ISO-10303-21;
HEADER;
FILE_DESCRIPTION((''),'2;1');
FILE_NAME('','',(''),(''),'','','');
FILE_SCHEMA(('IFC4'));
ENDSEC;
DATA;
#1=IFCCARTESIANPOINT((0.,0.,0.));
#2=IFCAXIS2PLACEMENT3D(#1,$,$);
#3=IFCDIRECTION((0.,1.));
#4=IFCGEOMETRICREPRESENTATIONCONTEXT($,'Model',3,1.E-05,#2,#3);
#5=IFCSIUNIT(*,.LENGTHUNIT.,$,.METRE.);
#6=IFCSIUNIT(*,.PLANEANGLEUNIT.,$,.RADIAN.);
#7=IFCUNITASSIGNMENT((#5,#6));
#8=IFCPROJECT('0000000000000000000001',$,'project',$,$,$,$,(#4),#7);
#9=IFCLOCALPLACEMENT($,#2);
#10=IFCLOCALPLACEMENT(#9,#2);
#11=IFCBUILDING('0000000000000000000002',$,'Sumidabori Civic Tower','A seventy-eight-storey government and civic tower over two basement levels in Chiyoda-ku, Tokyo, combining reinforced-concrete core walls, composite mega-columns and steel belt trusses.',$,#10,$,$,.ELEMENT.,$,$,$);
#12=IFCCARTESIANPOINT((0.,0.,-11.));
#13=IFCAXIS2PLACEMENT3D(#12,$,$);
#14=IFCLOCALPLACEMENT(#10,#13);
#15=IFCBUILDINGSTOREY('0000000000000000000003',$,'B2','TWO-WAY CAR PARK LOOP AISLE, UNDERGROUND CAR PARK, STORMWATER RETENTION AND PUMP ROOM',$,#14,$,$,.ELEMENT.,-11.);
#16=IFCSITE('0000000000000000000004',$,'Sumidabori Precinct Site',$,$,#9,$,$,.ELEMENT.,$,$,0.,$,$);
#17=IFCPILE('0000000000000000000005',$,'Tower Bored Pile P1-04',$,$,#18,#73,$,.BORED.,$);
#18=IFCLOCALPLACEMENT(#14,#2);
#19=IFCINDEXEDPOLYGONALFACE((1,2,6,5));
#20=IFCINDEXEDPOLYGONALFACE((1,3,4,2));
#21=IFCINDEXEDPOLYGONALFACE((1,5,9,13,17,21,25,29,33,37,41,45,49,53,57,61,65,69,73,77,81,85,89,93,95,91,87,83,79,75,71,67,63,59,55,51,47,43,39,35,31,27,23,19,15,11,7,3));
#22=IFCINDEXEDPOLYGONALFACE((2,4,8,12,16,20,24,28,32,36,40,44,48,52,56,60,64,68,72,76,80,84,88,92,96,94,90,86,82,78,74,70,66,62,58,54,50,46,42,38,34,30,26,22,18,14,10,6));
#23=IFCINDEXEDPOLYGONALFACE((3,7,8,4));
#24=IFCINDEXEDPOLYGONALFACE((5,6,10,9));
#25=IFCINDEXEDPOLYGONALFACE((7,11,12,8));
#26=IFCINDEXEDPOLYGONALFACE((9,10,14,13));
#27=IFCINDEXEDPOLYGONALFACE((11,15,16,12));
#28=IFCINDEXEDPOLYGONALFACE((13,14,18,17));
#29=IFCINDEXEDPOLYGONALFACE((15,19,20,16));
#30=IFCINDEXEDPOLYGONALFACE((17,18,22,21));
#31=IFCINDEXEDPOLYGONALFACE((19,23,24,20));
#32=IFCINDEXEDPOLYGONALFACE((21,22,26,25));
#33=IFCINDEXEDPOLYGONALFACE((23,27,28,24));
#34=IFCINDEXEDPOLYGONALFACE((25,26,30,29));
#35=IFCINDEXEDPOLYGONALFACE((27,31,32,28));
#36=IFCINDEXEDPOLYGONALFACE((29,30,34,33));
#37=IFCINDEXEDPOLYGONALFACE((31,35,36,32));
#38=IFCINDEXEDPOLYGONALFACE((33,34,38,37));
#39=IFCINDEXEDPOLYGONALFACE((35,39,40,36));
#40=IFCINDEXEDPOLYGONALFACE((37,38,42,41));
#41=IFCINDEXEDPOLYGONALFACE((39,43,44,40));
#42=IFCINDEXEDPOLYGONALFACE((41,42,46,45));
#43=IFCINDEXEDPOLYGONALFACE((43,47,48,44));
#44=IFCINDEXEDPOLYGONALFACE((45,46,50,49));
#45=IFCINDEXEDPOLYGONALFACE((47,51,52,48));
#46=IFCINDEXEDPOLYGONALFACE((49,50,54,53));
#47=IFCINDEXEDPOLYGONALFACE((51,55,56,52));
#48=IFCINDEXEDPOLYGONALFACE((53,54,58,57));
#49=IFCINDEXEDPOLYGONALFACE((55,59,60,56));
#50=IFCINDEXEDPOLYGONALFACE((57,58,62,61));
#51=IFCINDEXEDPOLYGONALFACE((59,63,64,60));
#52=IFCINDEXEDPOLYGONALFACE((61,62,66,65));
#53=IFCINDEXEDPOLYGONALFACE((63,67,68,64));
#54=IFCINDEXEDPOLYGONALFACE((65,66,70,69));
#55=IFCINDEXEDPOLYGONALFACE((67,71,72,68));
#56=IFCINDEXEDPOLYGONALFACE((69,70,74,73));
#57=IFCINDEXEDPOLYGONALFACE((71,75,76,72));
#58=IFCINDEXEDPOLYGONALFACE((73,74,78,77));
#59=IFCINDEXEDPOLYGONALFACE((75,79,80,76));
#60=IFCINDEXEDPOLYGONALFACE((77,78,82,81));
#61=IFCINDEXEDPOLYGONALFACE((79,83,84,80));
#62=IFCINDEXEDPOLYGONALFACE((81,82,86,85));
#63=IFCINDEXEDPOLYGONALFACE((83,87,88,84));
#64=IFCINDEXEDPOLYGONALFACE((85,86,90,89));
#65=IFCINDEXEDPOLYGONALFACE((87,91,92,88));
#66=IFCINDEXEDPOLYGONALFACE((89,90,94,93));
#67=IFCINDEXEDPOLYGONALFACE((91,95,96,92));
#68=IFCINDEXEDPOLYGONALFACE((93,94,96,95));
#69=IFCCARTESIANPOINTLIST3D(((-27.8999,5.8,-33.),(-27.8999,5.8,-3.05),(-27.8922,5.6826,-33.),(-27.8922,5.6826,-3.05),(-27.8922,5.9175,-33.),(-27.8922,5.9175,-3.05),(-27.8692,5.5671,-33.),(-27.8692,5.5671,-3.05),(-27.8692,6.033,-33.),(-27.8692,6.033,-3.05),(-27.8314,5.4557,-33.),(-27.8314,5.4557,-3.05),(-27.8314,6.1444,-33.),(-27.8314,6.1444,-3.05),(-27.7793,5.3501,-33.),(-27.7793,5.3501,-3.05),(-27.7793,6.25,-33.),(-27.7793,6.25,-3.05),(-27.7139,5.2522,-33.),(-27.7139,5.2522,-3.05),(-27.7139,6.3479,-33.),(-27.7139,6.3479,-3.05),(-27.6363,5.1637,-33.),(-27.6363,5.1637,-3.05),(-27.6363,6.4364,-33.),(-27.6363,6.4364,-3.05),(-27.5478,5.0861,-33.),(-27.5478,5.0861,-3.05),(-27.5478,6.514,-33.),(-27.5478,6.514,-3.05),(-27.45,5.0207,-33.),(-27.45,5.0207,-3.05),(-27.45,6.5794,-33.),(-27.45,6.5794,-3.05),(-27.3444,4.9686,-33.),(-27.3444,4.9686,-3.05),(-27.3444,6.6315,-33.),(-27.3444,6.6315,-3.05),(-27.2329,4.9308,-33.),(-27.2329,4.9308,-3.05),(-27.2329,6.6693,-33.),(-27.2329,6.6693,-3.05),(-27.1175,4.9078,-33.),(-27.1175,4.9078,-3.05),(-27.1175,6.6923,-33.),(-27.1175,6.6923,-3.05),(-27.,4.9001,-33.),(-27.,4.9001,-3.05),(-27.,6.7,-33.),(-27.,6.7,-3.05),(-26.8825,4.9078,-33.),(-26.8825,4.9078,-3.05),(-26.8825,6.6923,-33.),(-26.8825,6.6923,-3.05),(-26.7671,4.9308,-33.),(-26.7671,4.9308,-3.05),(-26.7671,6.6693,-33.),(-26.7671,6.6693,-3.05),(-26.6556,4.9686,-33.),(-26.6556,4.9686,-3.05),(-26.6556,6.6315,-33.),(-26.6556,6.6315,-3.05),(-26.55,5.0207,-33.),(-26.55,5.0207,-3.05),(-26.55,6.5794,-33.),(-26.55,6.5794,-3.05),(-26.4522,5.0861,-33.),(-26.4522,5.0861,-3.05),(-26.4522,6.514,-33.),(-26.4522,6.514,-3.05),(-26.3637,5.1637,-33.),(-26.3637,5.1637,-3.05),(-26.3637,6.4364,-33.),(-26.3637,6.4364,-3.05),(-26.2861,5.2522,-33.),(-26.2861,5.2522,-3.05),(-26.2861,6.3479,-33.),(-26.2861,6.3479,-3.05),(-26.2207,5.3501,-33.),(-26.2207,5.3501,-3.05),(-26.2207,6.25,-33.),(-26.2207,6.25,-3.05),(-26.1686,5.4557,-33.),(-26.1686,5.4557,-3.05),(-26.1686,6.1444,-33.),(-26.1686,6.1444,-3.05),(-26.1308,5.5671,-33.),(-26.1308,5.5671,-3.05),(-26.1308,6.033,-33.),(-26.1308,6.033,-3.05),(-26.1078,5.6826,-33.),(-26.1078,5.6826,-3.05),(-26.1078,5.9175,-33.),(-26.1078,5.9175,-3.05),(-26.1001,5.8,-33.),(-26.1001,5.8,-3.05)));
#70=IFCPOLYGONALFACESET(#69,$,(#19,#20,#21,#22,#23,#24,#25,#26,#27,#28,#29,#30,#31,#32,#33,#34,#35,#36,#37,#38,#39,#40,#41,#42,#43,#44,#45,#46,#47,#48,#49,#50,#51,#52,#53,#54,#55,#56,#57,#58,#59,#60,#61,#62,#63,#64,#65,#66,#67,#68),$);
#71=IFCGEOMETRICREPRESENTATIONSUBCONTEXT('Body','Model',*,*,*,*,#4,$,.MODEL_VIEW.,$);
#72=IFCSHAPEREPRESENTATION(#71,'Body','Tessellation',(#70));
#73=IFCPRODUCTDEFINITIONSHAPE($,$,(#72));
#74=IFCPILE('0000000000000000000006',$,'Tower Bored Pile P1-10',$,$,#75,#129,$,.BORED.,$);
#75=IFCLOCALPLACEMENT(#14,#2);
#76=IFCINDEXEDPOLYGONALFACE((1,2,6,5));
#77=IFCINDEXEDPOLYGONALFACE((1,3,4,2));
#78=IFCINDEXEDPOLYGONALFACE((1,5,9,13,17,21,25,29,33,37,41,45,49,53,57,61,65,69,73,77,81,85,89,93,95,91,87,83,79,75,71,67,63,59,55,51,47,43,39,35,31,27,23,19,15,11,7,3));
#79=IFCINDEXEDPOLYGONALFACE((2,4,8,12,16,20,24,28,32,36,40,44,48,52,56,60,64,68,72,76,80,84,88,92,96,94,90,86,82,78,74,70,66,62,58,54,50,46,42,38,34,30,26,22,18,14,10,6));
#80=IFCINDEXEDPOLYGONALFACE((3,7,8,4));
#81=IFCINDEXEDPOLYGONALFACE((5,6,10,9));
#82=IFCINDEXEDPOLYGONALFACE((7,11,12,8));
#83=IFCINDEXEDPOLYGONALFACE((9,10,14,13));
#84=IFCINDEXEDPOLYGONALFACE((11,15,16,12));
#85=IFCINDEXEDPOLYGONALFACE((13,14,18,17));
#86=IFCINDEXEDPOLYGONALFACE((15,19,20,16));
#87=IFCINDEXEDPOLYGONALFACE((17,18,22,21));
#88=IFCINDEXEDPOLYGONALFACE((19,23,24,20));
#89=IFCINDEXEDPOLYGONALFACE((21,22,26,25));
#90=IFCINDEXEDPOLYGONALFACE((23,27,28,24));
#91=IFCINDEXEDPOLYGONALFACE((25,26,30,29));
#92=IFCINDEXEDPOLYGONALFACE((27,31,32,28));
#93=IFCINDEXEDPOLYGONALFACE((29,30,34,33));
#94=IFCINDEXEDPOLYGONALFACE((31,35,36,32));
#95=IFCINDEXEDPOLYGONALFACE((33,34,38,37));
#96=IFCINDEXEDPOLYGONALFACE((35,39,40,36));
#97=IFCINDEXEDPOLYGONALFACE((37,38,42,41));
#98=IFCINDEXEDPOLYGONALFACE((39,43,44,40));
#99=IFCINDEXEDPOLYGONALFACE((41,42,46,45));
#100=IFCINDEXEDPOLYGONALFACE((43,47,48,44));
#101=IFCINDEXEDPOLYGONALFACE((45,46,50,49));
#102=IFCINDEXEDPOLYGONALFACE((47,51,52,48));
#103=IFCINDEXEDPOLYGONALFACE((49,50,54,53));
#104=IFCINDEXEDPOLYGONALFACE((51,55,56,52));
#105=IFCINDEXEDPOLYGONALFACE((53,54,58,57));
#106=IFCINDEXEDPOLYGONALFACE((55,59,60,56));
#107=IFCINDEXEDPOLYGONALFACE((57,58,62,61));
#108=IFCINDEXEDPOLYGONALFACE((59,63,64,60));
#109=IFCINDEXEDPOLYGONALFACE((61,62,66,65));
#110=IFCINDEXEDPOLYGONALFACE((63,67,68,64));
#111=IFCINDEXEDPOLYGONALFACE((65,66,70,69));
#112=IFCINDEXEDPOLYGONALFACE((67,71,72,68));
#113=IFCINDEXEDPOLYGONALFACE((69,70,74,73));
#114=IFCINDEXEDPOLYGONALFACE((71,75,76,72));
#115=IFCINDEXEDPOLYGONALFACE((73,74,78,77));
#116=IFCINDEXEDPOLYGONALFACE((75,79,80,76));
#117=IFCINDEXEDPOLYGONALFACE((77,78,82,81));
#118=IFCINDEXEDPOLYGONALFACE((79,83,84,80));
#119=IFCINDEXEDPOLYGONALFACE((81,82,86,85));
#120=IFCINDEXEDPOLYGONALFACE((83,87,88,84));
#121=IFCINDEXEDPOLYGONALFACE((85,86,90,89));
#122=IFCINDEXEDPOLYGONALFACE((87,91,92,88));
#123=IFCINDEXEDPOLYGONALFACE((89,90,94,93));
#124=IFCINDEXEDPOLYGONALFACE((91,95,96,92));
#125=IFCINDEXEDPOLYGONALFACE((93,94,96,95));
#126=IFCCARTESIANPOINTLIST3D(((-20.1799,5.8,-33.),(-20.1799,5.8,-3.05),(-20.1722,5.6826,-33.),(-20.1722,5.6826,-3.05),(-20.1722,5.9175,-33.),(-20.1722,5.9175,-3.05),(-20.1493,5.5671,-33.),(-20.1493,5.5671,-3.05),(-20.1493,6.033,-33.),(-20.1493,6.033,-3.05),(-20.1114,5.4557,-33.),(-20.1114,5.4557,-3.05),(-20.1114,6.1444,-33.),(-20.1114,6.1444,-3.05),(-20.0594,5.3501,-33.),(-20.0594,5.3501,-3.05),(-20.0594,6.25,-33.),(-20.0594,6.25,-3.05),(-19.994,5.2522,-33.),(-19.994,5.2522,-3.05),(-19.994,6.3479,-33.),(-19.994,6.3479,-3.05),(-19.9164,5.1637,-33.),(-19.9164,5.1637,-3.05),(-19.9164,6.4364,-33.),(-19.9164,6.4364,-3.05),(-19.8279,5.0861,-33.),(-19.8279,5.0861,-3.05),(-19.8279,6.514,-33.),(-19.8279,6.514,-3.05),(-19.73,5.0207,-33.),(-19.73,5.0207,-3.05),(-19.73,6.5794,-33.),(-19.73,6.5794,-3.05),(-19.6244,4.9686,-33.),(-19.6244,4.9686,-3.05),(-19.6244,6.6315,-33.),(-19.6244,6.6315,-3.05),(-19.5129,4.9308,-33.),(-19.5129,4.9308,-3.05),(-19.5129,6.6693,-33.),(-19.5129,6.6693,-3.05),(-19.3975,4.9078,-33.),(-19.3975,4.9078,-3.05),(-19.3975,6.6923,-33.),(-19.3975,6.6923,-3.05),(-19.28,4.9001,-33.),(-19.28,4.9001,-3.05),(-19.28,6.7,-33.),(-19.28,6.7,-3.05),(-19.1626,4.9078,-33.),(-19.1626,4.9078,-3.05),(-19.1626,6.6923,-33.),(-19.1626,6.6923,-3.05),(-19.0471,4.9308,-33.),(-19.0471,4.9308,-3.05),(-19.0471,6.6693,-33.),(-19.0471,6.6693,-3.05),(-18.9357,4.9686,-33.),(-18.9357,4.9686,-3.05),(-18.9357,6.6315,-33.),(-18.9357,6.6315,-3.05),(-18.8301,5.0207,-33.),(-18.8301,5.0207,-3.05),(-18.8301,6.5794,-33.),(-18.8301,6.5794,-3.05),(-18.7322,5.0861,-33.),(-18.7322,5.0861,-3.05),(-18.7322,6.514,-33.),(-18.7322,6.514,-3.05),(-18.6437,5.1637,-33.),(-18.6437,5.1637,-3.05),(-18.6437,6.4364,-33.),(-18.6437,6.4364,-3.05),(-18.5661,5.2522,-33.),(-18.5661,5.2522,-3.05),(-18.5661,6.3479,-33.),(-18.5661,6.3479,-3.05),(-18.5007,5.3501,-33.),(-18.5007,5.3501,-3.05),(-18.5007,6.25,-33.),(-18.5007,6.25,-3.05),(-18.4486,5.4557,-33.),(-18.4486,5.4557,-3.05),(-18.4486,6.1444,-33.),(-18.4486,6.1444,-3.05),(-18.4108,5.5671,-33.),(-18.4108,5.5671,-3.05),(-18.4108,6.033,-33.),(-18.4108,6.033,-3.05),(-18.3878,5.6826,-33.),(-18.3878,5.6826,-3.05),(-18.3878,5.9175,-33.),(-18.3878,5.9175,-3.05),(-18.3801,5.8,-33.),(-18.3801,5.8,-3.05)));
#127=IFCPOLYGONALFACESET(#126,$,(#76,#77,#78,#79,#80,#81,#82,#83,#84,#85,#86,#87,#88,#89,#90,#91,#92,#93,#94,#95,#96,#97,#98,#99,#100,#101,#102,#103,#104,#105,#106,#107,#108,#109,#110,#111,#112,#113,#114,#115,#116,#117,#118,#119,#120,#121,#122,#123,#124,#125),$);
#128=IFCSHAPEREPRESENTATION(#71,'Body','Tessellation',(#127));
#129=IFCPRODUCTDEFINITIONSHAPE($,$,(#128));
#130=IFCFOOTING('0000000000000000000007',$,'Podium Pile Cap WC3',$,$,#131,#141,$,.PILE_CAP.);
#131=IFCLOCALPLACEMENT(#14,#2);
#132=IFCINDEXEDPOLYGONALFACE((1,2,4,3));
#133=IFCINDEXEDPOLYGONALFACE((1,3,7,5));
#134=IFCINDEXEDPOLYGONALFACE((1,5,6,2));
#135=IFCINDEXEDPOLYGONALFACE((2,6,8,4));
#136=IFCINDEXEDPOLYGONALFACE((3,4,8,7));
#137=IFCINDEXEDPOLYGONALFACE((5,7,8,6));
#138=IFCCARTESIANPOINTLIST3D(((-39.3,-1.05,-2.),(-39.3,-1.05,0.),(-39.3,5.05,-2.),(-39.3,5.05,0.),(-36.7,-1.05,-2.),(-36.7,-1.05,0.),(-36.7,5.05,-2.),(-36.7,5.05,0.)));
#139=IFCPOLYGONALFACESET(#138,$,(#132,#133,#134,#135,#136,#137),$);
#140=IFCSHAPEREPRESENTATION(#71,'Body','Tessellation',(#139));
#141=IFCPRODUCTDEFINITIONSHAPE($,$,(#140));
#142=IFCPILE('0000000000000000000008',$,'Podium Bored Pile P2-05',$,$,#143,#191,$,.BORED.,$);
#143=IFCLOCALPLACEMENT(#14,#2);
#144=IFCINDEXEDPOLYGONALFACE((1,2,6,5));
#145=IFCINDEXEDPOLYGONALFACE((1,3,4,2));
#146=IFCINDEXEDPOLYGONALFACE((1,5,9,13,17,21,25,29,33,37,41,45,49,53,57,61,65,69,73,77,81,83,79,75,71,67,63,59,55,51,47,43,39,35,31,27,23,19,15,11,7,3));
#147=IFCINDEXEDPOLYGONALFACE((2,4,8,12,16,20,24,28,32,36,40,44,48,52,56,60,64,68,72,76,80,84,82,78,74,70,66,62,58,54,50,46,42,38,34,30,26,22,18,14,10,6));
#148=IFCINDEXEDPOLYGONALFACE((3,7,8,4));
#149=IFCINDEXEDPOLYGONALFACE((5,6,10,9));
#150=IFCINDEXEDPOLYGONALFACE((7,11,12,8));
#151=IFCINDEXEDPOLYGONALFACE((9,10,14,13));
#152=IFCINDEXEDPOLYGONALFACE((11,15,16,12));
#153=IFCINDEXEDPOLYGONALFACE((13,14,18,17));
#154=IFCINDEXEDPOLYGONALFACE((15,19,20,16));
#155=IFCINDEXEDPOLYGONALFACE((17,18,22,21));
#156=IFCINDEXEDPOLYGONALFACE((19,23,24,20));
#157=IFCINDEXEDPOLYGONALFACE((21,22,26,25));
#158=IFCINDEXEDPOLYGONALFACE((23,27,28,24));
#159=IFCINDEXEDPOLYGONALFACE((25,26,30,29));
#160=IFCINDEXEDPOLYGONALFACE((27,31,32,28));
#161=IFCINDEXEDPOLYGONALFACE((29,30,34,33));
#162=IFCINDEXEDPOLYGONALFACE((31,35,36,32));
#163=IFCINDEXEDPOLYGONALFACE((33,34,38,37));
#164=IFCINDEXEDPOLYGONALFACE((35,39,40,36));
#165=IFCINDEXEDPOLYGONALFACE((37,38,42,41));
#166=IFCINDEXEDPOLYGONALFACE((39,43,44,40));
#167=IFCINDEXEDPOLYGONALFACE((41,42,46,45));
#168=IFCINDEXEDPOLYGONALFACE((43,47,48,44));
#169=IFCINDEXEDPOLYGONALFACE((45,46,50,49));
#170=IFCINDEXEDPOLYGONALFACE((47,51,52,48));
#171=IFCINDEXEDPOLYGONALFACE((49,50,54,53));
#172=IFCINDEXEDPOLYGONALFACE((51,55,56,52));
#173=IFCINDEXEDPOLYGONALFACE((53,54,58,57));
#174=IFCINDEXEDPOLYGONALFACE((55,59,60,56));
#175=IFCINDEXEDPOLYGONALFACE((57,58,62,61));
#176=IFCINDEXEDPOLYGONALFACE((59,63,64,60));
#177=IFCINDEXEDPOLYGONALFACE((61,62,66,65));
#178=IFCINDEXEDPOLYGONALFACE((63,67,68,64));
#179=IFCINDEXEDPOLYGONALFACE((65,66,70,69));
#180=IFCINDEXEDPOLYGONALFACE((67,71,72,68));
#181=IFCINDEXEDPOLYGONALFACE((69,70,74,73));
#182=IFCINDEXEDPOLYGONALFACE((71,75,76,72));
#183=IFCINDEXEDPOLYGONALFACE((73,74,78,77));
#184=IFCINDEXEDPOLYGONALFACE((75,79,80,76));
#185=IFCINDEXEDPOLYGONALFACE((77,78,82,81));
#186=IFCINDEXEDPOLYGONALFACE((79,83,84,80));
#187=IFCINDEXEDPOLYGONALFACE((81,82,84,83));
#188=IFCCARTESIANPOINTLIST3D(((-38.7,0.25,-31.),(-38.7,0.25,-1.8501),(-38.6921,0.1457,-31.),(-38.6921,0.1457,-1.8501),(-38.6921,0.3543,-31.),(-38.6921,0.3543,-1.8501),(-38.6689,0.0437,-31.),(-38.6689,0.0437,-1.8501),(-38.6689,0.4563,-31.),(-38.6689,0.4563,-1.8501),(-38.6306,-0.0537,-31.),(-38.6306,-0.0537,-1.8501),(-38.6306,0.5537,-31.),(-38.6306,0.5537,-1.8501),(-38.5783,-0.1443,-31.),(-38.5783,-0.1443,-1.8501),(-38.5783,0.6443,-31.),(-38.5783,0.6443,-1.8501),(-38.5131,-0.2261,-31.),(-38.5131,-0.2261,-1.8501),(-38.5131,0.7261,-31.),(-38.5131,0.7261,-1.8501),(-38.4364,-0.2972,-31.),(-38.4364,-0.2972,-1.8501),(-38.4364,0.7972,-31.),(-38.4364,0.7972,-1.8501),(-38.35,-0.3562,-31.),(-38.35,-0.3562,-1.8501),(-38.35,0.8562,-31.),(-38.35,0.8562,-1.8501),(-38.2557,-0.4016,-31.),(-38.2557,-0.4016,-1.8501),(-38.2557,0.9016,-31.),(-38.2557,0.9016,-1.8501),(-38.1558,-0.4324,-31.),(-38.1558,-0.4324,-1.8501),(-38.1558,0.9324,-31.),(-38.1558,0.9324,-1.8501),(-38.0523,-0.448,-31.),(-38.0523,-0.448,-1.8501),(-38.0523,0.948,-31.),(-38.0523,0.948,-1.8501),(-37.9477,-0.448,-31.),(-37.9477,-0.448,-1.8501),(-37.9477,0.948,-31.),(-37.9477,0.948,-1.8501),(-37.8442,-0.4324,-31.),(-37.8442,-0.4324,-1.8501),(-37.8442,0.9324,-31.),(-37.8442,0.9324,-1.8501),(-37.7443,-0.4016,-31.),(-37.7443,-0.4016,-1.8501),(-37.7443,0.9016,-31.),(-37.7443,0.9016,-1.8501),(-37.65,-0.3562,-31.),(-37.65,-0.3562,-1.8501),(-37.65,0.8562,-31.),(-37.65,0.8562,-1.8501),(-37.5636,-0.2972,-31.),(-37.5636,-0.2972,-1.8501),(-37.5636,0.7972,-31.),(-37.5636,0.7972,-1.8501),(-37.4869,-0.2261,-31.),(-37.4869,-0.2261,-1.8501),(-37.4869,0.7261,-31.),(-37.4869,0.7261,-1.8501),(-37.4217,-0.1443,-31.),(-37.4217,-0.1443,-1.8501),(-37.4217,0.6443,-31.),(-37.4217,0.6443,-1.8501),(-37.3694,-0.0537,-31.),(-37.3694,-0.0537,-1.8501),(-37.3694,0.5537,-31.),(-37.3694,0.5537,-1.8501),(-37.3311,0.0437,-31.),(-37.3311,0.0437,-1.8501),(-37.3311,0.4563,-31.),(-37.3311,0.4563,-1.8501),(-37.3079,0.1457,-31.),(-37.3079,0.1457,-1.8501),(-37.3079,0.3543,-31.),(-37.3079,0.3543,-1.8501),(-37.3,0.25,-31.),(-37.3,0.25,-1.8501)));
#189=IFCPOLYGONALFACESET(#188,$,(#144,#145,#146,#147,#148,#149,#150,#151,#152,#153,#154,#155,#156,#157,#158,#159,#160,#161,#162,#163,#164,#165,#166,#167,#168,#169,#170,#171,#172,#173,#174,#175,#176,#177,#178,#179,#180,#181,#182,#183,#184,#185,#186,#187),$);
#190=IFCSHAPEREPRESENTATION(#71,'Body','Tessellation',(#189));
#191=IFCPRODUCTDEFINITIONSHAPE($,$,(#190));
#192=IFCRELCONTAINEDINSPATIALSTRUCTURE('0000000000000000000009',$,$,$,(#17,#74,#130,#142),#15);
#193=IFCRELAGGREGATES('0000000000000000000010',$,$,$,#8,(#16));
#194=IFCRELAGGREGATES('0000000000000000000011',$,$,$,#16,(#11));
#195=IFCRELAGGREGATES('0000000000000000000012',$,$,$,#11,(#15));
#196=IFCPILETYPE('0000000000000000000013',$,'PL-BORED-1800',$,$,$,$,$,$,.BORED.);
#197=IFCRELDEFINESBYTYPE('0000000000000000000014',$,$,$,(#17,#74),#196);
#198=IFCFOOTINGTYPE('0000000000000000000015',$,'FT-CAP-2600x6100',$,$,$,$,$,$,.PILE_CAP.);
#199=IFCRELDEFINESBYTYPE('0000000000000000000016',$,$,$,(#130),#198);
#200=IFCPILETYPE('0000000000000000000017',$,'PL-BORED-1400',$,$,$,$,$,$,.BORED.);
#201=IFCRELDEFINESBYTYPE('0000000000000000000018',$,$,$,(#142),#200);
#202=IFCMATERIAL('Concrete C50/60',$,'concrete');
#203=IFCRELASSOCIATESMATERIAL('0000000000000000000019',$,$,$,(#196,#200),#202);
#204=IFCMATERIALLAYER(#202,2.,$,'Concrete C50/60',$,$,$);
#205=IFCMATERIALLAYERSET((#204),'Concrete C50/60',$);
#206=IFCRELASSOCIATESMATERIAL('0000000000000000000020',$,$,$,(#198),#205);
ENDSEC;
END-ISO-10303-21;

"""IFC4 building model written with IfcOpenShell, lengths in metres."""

from ifc_helpers import new_model, si_unit, direction, frame, origin, origin_2d, place, context, subcontext, project, spatial, rectangle, circle, extrude, source, transform, mapped, material, layer, layer_set, material_profile, profile_set, type_object, element, save


model = new_model("IFC4")

# Units and contexts
model_context = context("Model", 3, precision=1e-05, world=origin(), true_north=direction((0.0, 1.0)))
body_context = subcontext(model_context, "Body", "Model", "MODEL_VIEW")
ifc_project = project(units=[si_unit("LENGTHUNIT", "METRE"), si_unit("PLANEANGLEUNIT", "RADIAN")], contexts=[model_context])

# Site, building, storey
site_placement = place(None, origin())
site = spatial("IfcSite", under=ifc_project, at=site_placement, Name="Sumidabori Precinct Site", CompositionType="ELEMENT", RefElevation=0.0)
building_placement = place(site_placement, origin())
building = spatial("IfcBuilding", under=site, at=building_placement, Name="Sumidabori Civic Tower", Description="A seventy-eight-storey government and civic tower over two basement levels in Chiyoda-ku, Tokyo, combining reinforced-concrete core walls, composite mega-columns and steel belt trusses.", CompositionType="ELEMENT")
storey_placement = place(building_placement, frame((0.0, 0.0, -11.0)))
storey = spatial("IfcBuildingStorey", under=building, at=storey_placement, Name="B2", Description="TWO-WAY CAR PARK LOOP AISLE, UNDERGROUND CAR PARK, STORMWATER RETENTION AND PUMP ROOM", CompositionType="ELEMENT", Elevation=-11.0)

# Piles
ifc_material_1 = material(Name="Concrete C50/60", Category="concrete")
ifc_material_profile_1 = material_profile(ifc_material_1, circle(Radius=0.8999, at=origin_2d()), Name="BORED PILE 1800")
ifc_profile_set_1 = profile_set([ifc_material_profile_1], Name="Concrete C50/60")
pile_type_1 = type_object("IfcPileType", Name="PL-BORED-1800", PredefinedType="BORED", material=ifc_profile_set_1)
shared_shape_1 = source(origin(), body_context, "Body", "SweptSolid", [
    extrude(circle(Radius=0.8999, at=origin_2d()), origin(), (0.0, 0.0, 1.0), 29.95),
])
for number, where, z_axis, x_axis, name in (
    (1, (-27.0, 5.8, -3.05), (0.0, 0.0, -1.0), (1.0, 0.0, 0.0), "Tower Bored Pile P1-04"),
    (2, (-19.28, 5.8, -3.05), (0.0, 0.0, -1.0), (1.0, 0.0, 0.0), "Tower Bored Pile P1-10"),
):
    element("IfcPile", number, at=place(storey_placement, frame(where, z_axis=z_axis, x_axis=x_axis)), inside=storey, type_object=pile_type_1, Name=name, PredefinedType="BORED", context=body_context, shape_type="MappedRepresentation", body=[
        mapped(shared_shape_1, transform((0.0, 0.0, 0.0), x_axis=(1.0, 0.0, 0.0), y_axis=(0.0, 1.0, 0.0), z_axis=(0.0, 0.0, 1.0), scale=1.0)),
    ])

# Footing
ifc_layer_1 = layer(ifc_material_1, 2.0, Name="Concrete C50/60")
ifc_layer_set_1 = layer_set([ifc_layer_1], Name="Concrete C50/60")
footing_type = type_object("IfcFootingType", Name="FT-CAP-2600x6100", PredefinedType="PILE_CAP", material=ifc_layer_set_1)
shared_shape_2 = source(origin(), body_context, "Body", "SweptSolid", [
    extrude(rectangle(XDim=2.6001, YDim=6.1001, at=origin_2d()), origin(), (0.0, 0.0, 1.0), 2.0),
])
footing_placement = place(storey_placement, frame((-38.0, 2.0, -2.0), z_axis=(0.0, 0.0, 1.0), x_axis=(1.0, 0.0, 0.0)))
element("IfcFooting", 3, at=footing_placement, inside=storey, type_object=footing_type, Name="Podium Pile Cap WC3", PredefinedType="PILE_CAP", context=body_context, shape_type="MappedRepresentation", body=[
    mapped(shared_shape_2, transform((0.0, 0.0, 0.0), x_axis=(1.0, 0.0, 0.0), y_axis=(0.0, 1.0, 0.0), z_axis=(0.0, 0.0, 1.0), scale=1.0)),
])

# Pile
ifc_material_profile_2 = material_profile(ifc_material_1, circle(Radius=0.7, at=origin_2d()), Name="BORED PILE 1400")
ifc_profile_set_2 = profile_set([ifc_material_profile_2], Name="Concrete C50/60")
pile_type_2 = type_object("IfcPileType", Name="PL-BORED-1400", PredefinedType="BORED", material=ifc_profile_set_2)
shared_shape_3 = source(origin(), body_context, "Body", "SweptSolid", [
    extrude(circle(Radius=0.7, at=origin_2d()), origin(), (0.0, 0.0, 1.0), 29.1499),
])
for number, where, z_axis, x_axis, name in (
    (4, (-38.0, 0.25, -1.8501), (0.0, 0.0, -1.0), (1.0, 0.0, 0.0), "Podium Bored Pile P2-05"),
):
    element("IfcPile", number, at=place(storey_placement, frame(where, z_axis=z_axis, x_axis=x_axis)), inside=storey, type_object=pile_type_2, Name=name, PredefinedType="BORED", context=body_context, shape_type="MappedRepresentation", body=[
        mapped(shared_shape_3, transform((0.0, 0.0, 0.0), x_axis=(1.0, 0.0, 0.0), y_axis=(0.0, 1.0, 0.0), z_axis=(0.0, 0.0, 1.0), scale=1.0)),
    ])

save(model, "model.ifc")
